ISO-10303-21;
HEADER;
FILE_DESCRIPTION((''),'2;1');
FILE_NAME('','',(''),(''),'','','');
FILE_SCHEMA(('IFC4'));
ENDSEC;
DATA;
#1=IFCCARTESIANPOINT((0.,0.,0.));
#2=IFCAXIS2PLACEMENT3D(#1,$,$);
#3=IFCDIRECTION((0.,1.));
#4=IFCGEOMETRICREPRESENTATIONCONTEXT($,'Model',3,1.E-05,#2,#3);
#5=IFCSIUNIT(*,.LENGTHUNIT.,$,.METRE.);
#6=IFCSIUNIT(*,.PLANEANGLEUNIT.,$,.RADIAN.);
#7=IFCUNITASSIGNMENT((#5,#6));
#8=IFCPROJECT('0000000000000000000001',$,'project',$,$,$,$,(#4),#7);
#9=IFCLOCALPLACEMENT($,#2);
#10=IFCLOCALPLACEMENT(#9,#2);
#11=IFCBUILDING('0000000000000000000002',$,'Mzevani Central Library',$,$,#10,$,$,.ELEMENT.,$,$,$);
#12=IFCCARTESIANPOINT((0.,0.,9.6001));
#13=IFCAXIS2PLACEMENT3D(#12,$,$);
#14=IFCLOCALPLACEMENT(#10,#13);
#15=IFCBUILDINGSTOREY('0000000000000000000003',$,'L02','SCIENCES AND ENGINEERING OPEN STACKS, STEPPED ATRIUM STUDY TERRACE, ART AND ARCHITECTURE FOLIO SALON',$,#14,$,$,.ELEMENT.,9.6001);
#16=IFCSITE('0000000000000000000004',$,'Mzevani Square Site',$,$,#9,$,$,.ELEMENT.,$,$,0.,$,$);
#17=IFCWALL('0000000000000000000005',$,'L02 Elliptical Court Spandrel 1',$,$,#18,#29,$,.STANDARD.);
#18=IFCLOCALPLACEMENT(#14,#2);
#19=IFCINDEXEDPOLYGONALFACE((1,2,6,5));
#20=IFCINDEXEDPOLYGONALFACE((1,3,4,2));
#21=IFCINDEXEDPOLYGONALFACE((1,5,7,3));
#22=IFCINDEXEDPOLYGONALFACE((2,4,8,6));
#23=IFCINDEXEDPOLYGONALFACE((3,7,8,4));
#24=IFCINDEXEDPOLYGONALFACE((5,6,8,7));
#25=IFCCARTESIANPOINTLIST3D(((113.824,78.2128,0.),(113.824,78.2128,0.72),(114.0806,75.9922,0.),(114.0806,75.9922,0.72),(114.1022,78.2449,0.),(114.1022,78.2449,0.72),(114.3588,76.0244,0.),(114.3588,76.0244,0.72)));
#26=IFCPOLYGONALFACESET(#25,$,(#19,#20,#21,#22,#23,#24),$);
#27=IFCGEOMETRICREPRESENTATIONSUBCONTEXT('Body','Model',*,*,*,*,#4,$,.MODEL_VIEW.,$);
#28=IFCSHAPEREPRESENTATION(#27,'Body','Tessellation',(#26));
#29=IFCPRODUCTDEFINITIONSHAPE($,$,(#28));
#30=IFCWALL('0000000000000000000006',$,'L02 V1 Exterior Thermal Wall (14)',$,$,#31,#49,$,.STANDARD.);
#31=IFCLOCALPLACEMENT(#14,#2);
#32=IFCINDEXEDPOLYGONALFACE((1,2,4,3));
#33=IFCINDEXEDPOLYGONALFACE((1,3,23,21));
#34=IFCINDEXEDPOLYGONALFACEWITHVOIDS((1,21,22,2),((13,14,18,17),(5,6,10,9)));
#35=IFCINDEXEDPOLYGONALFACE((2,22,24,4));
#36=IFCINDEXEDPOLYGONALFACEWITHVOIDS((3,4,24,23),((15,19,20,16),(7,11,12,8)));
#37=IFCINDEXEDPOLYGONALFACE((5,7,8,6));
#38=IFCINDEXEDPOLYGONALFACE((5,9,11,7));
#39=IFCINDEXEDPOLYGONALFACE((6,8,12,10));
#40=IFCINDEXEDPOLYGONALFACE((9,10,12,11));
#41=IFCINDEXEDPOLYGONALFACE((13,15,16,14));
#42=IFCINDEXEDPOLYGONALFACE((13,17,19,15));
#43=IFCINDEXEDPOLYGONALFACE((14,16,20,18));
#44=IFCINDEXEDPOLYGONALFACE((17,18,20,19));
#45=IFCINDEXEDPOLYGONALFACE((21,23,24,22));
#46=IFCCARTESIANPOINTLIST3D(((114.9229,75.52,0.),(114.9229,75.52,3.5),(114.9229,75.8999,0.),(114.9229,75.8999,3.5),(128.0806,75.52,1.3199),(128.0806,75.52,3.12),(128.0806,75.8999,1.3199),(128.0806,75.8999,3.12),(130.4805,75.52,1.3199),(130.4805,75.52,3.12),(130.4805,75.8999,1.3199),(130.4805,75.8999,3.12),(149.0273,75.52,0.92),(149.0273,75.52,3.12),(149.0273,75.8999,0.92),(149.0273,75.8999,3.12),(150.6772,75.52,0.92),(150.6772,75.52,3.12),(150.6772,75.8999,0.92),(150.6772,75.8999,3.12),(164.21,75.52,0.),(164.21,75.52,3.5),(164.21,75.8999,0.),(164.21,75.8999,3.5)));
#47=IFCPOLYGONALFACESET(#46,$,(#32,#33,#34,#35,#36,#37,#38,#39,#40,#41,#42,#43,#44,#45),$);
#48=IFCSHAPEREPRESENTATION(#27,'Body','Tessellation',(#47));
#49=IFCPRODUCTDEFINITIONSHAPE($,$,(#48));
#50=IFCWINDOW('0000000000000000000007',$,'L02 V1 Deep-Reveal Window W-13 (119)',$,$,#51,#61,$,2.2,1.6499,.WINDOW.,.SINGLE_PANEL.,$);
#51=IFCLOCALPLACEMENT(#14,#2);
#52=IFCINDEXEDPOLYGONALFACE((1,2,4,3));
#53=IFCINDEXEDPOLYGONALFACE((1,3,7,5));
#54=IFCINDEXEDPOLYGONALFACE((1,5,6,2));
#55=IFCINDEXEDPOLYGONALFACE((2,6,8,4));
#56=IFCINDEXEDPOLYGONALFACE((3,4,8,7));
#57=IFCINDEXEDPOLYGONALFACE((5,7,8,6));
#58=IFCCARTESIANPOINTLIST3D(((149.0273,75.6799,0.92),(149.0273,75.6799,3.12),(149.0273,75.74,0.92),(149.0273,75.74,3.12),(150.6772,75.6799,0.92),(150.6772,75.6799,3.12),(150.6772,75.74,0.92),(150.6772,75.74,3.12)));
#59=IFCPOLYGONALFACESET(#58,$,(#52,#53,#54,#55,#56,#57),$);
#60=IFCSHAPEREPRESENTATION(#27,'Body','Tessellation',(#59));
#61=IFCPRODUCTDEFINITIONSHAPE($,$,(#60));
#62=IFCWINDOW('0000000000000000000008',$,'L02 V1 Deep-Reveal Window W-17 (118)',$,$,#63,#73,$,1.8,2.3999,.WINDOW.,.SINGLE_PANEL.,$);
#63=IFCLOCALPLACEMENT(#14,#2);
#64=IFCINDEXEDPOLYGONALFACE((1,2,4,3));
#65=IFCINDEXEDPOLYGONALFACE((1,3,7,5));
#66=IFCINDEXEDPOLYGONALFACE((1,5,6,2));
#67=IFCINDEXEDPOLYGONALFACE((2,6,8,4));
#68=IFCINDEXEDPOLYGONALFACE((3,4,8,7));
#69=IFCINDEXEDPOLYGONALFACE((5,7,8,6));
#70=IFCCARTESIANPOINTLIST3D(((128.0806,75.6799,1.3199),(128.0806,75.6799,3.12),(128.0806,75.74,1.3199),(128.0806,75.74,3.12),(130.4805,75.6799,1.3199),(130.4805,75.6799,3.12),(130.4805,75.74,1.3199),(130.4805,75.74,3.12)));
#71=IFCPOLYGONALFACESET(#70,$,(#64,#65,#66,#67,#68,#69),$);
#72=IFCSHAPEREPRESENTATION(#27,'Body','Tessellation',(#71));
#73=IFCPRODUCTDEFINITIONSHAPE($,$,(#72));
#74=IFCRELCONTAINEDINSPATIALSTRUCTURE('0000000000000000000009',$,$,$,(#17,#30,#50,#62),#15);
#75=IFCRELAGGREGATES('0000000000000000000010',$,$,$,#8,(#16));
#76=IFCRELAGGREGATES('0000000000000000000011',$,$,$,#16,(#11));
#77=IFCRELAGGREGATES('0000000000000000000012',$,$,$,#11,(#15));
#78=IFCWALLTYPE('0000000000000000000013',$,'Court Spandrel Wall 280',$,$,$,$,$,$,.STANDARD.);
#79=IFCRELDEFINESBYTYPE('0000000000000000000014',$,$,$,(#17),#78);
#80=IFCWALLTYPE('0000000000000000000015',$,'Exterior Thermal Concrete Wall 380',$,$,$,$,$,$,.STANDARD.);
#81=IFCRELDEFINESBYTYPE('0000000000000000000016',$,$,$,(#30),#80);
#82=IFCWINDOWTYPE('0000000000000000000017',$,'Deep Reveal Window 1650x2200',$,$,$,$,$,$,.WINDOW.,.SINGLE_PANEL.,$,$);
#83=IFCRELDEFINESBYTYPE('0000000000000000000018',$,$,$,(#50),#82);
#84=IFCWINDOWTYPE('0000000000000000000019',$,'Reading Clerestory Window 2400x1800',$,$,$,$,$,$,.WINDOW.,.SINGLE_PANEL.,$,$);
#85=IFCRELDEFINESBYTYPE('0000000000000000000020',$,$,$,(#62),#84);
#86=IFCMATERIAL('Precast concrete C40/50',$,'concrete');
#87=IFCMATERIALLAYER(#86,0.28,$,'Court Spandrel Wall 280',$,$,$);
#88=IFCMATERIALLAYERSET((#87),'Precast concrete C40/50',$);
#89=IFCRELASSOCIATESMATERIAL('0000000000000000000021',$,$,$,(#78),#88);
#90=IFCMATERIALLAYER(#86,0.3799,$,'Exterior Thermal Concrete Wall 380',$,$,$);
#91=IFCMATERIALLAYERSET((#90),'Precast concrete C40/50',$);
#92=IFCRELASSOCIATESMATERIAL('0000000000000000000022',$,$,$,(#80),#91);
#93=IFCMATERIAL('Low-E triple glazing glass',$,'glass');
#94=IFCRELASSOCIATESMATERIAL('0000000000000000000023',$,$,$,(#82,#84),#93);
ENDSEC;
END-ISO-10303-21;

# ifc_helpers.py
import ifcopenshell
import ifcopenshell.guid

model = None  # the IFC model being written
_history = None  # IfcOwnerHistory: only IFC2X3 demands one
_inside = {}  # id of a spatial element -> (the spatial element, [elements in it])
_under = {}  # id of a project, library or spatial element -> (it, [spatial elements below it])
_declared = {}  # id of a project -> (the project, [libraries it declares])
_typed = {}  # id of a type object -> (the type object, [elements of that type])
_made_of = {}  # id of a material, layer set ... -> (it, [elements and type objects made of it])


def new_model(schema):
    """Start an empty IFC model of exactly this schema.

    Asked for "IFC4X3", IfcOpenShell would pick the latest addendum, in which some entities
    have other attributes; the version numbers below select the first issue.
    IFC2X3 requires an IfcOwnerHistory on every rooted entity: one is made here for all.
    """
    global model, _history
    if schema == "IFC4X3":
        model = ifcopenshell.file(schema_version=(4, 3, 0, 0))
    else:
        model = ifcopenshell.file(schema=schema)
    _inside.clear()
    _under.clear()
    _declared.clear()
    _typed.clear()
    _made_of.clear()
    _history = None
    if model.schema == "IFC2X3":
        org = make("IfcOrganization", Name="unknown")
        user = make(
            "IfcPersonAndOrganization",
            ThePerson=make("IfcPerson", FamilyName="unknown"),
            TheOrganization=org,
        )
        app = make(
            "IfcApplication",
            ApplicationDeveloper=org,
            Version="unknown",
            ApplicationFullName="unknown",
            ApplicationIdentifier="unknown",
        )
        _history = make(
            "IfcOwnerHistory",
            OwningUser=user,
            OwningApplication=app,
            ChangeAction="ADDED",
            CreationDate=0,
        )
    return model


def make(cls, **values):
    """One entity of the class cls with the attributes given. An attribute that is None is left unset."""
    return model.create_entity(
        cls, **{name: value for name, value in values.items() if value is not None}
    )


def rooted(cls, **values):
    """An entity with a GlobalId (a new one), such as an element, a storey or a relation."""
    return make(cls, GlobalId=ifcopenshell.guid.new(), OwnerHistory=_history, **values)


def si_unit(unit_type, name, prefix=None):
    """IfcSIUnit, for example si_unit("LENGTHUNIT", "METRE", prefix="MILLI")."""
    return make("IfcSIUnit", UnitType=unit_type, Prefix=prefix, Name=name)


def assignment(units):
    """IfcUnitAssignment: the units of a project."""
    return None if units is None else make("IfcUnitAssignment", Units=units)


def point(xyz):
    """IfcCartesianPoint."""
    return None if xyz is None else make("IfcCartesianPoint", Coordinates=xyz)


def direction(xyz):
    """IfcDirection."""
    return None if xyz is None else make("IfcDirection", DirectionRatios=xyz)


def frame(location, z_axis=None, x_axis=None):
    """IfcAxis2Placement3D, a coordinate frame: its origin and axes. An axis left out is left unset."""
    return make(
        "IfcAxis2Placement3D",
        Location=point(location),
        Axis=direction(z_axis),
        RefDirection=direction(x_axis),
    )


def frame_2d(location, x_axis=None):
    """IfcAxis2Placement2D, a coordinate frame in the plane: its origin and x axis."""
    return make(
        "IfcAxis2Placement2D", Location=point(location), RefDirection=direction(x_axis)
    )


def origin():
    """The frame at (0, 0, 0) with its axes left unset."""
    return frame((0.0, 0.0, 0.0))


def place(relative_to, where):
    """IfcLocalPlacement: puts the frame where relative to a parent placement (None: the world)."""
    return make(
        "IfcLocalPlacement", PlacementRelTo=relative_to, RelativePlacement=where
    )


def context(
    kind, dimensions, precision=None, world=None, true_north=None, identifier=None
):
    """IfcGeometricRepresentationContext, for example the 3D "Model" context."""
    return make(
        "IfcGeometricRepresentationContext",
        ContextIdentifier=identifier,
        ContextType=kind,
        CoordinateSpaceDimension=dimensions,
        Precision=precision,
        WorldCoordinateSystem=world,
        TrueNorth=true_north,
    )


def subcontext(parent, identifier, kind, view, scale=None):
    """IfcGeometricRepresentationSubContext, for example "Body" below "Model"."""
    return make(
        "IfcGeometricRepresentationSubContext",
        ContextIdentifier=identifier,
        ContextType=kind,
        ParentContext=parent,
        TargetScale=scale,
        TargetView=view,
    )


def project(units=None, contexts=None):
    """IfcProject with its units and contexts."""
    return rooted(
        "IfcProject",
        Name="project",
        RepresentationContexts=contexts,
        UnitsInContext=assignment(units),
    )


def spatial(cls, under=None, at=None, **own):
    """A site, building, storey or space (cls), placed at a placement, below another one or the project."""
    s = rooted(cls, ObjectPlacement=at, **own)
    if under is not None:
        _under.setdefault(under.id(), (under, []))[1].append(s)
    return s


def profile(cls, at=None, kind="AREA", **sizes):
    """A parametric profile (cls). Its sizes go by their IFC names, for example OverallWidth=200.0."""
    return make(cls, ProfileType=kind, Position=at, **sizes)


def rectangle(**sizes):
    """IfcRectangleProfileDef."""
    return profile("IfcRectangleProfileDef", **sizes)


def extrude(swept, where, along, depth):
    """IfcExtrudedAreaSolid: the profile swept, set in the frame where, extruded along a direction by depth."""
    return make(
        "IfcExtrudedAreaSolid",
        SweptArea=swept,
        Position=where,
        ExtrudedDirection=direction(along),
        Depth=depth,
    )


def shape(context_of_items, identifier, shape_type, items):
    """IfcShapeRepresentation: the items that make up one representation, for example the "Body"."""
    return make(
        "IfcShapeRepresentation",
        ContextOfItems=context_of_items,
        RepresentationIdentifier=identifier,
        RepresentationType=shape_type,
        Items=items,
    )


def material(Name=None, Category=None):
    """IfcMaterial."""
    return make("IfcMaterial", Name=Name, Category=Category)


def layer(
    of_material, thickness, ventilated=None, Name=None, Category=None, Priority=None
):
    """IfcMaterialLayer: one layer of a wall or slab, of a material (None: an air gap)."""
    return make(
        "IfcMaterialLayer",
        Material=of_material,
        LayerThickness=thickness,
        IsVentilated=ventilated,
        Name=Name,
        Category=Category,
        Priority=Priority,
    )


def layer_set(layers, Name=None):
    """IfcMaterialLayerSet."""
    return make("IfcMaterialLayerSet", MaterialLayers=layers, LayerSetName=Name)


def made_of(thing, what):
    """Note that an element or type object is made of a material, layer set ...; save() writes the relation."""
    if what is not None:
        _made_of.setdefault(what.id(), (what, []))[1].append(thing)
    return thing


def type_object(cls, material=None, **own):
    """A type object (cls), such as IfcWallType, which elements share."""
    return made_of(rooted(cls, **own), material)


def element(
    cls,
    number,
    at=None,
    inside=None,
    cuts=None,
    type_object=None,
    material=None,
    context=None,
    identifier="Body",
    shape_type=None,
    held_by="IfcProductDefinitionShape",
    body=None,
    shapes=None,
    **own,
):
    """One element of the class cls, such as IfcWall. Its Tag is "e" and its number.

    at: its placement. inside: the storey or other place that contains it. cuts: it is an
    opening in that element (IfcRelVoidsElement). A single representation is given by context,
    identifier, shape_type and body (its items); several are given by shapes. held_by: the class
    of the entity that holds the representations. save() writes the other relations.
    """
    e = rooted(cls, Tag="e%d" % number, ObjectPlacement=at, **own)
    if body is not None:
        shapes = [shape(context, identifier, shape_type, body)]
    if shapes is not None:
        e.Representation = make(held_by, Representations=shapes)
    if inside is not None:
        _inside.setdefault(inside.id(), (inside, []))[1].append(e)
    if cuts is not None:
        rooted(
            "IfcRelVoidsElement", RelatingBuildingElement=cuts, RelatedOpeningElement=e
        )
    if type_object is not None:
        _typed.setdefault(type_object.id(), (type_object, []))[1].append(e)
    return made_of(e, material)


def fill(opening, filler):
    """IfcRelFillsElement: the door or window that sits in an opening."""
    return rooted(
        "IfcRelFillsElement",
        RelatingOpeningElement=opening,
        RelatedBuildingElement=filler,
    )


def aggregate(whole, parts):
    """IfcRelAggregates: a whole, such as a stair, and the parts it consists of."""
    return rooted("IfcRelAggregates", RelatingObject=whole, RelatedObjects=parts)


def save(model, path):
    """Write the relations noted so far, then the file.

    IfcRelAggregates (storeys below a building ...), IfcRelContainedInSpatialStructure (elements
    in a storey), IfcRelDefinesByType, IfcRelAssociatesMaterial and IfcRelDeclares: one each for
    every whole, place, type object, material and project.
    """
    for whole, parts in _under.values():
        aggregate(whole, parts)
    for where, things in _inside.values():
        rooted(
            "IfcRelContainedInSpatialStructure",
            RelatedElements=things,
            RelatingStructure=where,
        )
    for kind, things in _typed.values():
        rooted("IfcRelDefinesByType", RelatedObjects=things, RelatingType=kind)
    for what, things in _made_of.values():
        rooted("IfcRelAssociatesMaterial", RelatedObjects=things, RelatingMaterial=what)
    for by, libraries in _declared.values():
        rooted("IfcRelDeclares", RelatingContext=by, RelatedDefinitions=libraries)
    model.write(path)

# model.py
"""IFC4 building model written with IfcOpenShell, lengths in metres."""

from ifc_helpers import new_model, si_unit, direction, frame, frame_2d, origin, place, context, subcontext, project, spatial, rectangle, extrude, material, layer, layer_set, type_object, element, fill, save


model = new_model("IFC4")

# Units and contexts
model_context = context("Model", 3, precision=1e-05, world=origin(), true_north=direction((0.0, 1.0)))
body_context = subcontext(model_context, "Body", "Model", "MODEL_VIEW")
ifc_project = project(units=[si_unit("LENGTHUNIT", "METRE"), si_unit("PLANEANGLEUNIT", "RADIAN")], contexts=[model_context])

# Site, building, storey
site_placement = place(None, origin())
site = spatial("IfcSite", under=ifc_project, at=site_placement, Name="Mzevani Square Site", CompositionType="ELEMENT", RefElevation=0.0)
building_placement = place(site_placement, origin())
building = spatial("IfcBuilding", under=site, at=building_placement, Name="Mzevani Central Library", CompositionType="ELEMENT")
storey_placement = place(building_placement, frame((0.0, 0.0, 9.6001)))
storey = spatial("IfcBuildingStorey", under=building, at=storey_placement, Name="L02", Description="SCIENCES AND ENGINEERING OPEN STACKS, STEPPED ATRIUM STUDY TERRACE, ART AND ARCHITECTURE FOLIO SALON", CompositionType="ELEMENT", Elevation=9.6001)

# Shared definitions
ifc_material_1 = material(Name="Precast concrete C40/50", Category="concrete")

# Shared definitions
ifc_material_2 = material(Name="Low-E triple glazing glass", Category="glass")

# Wall
ifc_layer_1 = layer(ifc_material_1, 0.28, Name="Court Spandrel Wall 280")
ifc_layer_set_1 = layer_set([ifc_layer_1], Name="Precast concrete C40/50")
wall_type_1 = type_object("IfcWallType", Name="Court Spandrel Wall 280", PredefinedType="STANDARD", material=ifc_layer_set_1)
wall_1_placement = place(storey_placement, frame((114.2197, 76.0083, 0.0), z_axis=(0.0, 0.0, 1.0), x_axis=(-0.114794, 0.993389, 0.0)))
element("IfcWall", 1, at=wall_1_placement, inside=storey, type_object=wall_type_1, Name="L02 Elliptical Court Spandrel 1", PredefinedType="STANDARD", context=body_context, shape_type="SweptSolid", body=[
    extrude(rectangle(XDim=2.2354, YDim=0.28, at=frame_2d((1.1177, 0.0))), origin(), (0.0, 0.0, 1.0), 0.72),
])

# Wall, openings, windows
ifc_layer_2 = layer(ifc_material_1, 0.3799, Name="Exterior Thermal Concrete Wall 380")
ifc_layer_set_2 = layer_set([ifc_layer_2], Name="Precast concrete C40/50")
wall_type_2 = type_object("IfcWallType", Name="Exterior Thermal Concrete Wall 380", PredefinedType="STANDARD", material=ifc_layer_set_2)
wall_2_placement = place(storey_placement, frame((114.9229, 75.71, 0.0), z_axis=(0.0, 0.0, 1.0), x_axis=(1.0, 0.0, 0.0)))
wall_2 = element("IfcWall", 2, at=wall_2_placement, inside=storey, type_object=wall_type_2, Name="L02 V1 Exterior Thermal Wall (14)", PredefinedType="STANDARD", context=body_context, shape_type="SweptSolid", body=[
    extrude(rectangle(XDim=49.2871, YDim=0.3799, at=frame_2d((24.6436, 0.0))), origin(), (0.0, 0.0, 1.0), 3.5),
])
opening_1_placement = place(wall_2_placement, frame((13.1577, 0.0, 1.3201)))
opening_1 = element("IfcOpeningElement", 3, at=opening_1_placement, cuts=wall_2, PredefinedType="OPENING", context=body_context, shape_type="SweptSolid", body=[
    extrude(rectangle(XDim=2.3999, YDim=1.8, at=frame_2d((1.2, 0.8999))), frame((0.0, 0.2, 0.0), z_axis=(0.0, -1.0, 0.0), x_axis=(1.0, 0.0, 0.0)), (0.0, 0.0, 1.0), 0.3999),
])
opening_2_placement = place(wall_2_placement, frame((34.1045, 0.0, 0.9199)))
opening_2 = element("IfcOpeningElement", 4, at=opening_2_placement, cuts=wall_2, PredefinedType="OPENING", context=body_context, shape_type="SweptSolid", body=[
    extrude(rectangle(XDim=1.6499, YDim=2.2, at=frame_2d((0.825, 1.1001))), frame((0.0, 0.2, 0.0), z_axis=(0.0, -1.0, 0.0), x_axis=(1.0, 0.0, 0.0)), (0.0, 0.0, 1.0), 0.3999),
])
window_type_1 = type_object("IfcWindowType", Name="Deep Reveal Window 1650x2200", PartitioningType="SINGLE_PANEL", PredefinedType="WINDOW", material=ifc_material_2)
window_1_placement = place(opening_2_placement, origin())
window_1 = element("IfcWindow", 5, at=window_1_placement, inside=storey, type_object=window_type_1, Name="L02 V1 Deep-Reveal Window W-13 (119)", OverallHeight=2.2, OverallWidth=1.6499, PartitioningType="SINGLE_PANEL", PredefinedType="WINDOW", context=body_context, shape_type="SweptSolid", body=[
    extrude(rectangle(XDim=1.6499, YDim=2.2, at=frame_2d((0.825, 1.1001))), frame((0.0, 0.03, 0.0), z_axis=(0.0, -1.0, 0.0), x_axis=(1.0, 0.0, 0.0)), (0.0, 0.0, 1.0), 0.0601),
])
fill(opening_2, window_1)
window_type_2 = type_object("IfcWindowType", Name="Reading Clerestory Window 2400x1800", PartitioningType="SINGLE_PANEL", PredefinedType="WINDOW", material=ifc_material_2)
window_2_placement = place(opening_1_placement, origin())
window_2 = element("IfcWindow", 6, at=window_2_placement, inside=storey, type_object=window_type_2, Name="L02 V1 Deep-Reveal Window W-17 (118)", OverallHeight=1.8, OverallWidth=2.3999, PartitioningType="SINGLE_PANEL", PredefinedType="WINDOW", context=body_context, shape_type="SweptSolid", body=[
    extrude(rectangle(XDim=2.3999, YDim=1.8, at=frame_2d((1.2, 0.8999))), frame((0.0, 0.03, 0.0), z_axis=(0.0, -1.0, 0.0), x_axis=(1.0, 0.0, 0.0)), (0.0, 0.0, 1.0), 0.0601),
])
fill(opening_1, window_2)

save(model, "model.ifc")
